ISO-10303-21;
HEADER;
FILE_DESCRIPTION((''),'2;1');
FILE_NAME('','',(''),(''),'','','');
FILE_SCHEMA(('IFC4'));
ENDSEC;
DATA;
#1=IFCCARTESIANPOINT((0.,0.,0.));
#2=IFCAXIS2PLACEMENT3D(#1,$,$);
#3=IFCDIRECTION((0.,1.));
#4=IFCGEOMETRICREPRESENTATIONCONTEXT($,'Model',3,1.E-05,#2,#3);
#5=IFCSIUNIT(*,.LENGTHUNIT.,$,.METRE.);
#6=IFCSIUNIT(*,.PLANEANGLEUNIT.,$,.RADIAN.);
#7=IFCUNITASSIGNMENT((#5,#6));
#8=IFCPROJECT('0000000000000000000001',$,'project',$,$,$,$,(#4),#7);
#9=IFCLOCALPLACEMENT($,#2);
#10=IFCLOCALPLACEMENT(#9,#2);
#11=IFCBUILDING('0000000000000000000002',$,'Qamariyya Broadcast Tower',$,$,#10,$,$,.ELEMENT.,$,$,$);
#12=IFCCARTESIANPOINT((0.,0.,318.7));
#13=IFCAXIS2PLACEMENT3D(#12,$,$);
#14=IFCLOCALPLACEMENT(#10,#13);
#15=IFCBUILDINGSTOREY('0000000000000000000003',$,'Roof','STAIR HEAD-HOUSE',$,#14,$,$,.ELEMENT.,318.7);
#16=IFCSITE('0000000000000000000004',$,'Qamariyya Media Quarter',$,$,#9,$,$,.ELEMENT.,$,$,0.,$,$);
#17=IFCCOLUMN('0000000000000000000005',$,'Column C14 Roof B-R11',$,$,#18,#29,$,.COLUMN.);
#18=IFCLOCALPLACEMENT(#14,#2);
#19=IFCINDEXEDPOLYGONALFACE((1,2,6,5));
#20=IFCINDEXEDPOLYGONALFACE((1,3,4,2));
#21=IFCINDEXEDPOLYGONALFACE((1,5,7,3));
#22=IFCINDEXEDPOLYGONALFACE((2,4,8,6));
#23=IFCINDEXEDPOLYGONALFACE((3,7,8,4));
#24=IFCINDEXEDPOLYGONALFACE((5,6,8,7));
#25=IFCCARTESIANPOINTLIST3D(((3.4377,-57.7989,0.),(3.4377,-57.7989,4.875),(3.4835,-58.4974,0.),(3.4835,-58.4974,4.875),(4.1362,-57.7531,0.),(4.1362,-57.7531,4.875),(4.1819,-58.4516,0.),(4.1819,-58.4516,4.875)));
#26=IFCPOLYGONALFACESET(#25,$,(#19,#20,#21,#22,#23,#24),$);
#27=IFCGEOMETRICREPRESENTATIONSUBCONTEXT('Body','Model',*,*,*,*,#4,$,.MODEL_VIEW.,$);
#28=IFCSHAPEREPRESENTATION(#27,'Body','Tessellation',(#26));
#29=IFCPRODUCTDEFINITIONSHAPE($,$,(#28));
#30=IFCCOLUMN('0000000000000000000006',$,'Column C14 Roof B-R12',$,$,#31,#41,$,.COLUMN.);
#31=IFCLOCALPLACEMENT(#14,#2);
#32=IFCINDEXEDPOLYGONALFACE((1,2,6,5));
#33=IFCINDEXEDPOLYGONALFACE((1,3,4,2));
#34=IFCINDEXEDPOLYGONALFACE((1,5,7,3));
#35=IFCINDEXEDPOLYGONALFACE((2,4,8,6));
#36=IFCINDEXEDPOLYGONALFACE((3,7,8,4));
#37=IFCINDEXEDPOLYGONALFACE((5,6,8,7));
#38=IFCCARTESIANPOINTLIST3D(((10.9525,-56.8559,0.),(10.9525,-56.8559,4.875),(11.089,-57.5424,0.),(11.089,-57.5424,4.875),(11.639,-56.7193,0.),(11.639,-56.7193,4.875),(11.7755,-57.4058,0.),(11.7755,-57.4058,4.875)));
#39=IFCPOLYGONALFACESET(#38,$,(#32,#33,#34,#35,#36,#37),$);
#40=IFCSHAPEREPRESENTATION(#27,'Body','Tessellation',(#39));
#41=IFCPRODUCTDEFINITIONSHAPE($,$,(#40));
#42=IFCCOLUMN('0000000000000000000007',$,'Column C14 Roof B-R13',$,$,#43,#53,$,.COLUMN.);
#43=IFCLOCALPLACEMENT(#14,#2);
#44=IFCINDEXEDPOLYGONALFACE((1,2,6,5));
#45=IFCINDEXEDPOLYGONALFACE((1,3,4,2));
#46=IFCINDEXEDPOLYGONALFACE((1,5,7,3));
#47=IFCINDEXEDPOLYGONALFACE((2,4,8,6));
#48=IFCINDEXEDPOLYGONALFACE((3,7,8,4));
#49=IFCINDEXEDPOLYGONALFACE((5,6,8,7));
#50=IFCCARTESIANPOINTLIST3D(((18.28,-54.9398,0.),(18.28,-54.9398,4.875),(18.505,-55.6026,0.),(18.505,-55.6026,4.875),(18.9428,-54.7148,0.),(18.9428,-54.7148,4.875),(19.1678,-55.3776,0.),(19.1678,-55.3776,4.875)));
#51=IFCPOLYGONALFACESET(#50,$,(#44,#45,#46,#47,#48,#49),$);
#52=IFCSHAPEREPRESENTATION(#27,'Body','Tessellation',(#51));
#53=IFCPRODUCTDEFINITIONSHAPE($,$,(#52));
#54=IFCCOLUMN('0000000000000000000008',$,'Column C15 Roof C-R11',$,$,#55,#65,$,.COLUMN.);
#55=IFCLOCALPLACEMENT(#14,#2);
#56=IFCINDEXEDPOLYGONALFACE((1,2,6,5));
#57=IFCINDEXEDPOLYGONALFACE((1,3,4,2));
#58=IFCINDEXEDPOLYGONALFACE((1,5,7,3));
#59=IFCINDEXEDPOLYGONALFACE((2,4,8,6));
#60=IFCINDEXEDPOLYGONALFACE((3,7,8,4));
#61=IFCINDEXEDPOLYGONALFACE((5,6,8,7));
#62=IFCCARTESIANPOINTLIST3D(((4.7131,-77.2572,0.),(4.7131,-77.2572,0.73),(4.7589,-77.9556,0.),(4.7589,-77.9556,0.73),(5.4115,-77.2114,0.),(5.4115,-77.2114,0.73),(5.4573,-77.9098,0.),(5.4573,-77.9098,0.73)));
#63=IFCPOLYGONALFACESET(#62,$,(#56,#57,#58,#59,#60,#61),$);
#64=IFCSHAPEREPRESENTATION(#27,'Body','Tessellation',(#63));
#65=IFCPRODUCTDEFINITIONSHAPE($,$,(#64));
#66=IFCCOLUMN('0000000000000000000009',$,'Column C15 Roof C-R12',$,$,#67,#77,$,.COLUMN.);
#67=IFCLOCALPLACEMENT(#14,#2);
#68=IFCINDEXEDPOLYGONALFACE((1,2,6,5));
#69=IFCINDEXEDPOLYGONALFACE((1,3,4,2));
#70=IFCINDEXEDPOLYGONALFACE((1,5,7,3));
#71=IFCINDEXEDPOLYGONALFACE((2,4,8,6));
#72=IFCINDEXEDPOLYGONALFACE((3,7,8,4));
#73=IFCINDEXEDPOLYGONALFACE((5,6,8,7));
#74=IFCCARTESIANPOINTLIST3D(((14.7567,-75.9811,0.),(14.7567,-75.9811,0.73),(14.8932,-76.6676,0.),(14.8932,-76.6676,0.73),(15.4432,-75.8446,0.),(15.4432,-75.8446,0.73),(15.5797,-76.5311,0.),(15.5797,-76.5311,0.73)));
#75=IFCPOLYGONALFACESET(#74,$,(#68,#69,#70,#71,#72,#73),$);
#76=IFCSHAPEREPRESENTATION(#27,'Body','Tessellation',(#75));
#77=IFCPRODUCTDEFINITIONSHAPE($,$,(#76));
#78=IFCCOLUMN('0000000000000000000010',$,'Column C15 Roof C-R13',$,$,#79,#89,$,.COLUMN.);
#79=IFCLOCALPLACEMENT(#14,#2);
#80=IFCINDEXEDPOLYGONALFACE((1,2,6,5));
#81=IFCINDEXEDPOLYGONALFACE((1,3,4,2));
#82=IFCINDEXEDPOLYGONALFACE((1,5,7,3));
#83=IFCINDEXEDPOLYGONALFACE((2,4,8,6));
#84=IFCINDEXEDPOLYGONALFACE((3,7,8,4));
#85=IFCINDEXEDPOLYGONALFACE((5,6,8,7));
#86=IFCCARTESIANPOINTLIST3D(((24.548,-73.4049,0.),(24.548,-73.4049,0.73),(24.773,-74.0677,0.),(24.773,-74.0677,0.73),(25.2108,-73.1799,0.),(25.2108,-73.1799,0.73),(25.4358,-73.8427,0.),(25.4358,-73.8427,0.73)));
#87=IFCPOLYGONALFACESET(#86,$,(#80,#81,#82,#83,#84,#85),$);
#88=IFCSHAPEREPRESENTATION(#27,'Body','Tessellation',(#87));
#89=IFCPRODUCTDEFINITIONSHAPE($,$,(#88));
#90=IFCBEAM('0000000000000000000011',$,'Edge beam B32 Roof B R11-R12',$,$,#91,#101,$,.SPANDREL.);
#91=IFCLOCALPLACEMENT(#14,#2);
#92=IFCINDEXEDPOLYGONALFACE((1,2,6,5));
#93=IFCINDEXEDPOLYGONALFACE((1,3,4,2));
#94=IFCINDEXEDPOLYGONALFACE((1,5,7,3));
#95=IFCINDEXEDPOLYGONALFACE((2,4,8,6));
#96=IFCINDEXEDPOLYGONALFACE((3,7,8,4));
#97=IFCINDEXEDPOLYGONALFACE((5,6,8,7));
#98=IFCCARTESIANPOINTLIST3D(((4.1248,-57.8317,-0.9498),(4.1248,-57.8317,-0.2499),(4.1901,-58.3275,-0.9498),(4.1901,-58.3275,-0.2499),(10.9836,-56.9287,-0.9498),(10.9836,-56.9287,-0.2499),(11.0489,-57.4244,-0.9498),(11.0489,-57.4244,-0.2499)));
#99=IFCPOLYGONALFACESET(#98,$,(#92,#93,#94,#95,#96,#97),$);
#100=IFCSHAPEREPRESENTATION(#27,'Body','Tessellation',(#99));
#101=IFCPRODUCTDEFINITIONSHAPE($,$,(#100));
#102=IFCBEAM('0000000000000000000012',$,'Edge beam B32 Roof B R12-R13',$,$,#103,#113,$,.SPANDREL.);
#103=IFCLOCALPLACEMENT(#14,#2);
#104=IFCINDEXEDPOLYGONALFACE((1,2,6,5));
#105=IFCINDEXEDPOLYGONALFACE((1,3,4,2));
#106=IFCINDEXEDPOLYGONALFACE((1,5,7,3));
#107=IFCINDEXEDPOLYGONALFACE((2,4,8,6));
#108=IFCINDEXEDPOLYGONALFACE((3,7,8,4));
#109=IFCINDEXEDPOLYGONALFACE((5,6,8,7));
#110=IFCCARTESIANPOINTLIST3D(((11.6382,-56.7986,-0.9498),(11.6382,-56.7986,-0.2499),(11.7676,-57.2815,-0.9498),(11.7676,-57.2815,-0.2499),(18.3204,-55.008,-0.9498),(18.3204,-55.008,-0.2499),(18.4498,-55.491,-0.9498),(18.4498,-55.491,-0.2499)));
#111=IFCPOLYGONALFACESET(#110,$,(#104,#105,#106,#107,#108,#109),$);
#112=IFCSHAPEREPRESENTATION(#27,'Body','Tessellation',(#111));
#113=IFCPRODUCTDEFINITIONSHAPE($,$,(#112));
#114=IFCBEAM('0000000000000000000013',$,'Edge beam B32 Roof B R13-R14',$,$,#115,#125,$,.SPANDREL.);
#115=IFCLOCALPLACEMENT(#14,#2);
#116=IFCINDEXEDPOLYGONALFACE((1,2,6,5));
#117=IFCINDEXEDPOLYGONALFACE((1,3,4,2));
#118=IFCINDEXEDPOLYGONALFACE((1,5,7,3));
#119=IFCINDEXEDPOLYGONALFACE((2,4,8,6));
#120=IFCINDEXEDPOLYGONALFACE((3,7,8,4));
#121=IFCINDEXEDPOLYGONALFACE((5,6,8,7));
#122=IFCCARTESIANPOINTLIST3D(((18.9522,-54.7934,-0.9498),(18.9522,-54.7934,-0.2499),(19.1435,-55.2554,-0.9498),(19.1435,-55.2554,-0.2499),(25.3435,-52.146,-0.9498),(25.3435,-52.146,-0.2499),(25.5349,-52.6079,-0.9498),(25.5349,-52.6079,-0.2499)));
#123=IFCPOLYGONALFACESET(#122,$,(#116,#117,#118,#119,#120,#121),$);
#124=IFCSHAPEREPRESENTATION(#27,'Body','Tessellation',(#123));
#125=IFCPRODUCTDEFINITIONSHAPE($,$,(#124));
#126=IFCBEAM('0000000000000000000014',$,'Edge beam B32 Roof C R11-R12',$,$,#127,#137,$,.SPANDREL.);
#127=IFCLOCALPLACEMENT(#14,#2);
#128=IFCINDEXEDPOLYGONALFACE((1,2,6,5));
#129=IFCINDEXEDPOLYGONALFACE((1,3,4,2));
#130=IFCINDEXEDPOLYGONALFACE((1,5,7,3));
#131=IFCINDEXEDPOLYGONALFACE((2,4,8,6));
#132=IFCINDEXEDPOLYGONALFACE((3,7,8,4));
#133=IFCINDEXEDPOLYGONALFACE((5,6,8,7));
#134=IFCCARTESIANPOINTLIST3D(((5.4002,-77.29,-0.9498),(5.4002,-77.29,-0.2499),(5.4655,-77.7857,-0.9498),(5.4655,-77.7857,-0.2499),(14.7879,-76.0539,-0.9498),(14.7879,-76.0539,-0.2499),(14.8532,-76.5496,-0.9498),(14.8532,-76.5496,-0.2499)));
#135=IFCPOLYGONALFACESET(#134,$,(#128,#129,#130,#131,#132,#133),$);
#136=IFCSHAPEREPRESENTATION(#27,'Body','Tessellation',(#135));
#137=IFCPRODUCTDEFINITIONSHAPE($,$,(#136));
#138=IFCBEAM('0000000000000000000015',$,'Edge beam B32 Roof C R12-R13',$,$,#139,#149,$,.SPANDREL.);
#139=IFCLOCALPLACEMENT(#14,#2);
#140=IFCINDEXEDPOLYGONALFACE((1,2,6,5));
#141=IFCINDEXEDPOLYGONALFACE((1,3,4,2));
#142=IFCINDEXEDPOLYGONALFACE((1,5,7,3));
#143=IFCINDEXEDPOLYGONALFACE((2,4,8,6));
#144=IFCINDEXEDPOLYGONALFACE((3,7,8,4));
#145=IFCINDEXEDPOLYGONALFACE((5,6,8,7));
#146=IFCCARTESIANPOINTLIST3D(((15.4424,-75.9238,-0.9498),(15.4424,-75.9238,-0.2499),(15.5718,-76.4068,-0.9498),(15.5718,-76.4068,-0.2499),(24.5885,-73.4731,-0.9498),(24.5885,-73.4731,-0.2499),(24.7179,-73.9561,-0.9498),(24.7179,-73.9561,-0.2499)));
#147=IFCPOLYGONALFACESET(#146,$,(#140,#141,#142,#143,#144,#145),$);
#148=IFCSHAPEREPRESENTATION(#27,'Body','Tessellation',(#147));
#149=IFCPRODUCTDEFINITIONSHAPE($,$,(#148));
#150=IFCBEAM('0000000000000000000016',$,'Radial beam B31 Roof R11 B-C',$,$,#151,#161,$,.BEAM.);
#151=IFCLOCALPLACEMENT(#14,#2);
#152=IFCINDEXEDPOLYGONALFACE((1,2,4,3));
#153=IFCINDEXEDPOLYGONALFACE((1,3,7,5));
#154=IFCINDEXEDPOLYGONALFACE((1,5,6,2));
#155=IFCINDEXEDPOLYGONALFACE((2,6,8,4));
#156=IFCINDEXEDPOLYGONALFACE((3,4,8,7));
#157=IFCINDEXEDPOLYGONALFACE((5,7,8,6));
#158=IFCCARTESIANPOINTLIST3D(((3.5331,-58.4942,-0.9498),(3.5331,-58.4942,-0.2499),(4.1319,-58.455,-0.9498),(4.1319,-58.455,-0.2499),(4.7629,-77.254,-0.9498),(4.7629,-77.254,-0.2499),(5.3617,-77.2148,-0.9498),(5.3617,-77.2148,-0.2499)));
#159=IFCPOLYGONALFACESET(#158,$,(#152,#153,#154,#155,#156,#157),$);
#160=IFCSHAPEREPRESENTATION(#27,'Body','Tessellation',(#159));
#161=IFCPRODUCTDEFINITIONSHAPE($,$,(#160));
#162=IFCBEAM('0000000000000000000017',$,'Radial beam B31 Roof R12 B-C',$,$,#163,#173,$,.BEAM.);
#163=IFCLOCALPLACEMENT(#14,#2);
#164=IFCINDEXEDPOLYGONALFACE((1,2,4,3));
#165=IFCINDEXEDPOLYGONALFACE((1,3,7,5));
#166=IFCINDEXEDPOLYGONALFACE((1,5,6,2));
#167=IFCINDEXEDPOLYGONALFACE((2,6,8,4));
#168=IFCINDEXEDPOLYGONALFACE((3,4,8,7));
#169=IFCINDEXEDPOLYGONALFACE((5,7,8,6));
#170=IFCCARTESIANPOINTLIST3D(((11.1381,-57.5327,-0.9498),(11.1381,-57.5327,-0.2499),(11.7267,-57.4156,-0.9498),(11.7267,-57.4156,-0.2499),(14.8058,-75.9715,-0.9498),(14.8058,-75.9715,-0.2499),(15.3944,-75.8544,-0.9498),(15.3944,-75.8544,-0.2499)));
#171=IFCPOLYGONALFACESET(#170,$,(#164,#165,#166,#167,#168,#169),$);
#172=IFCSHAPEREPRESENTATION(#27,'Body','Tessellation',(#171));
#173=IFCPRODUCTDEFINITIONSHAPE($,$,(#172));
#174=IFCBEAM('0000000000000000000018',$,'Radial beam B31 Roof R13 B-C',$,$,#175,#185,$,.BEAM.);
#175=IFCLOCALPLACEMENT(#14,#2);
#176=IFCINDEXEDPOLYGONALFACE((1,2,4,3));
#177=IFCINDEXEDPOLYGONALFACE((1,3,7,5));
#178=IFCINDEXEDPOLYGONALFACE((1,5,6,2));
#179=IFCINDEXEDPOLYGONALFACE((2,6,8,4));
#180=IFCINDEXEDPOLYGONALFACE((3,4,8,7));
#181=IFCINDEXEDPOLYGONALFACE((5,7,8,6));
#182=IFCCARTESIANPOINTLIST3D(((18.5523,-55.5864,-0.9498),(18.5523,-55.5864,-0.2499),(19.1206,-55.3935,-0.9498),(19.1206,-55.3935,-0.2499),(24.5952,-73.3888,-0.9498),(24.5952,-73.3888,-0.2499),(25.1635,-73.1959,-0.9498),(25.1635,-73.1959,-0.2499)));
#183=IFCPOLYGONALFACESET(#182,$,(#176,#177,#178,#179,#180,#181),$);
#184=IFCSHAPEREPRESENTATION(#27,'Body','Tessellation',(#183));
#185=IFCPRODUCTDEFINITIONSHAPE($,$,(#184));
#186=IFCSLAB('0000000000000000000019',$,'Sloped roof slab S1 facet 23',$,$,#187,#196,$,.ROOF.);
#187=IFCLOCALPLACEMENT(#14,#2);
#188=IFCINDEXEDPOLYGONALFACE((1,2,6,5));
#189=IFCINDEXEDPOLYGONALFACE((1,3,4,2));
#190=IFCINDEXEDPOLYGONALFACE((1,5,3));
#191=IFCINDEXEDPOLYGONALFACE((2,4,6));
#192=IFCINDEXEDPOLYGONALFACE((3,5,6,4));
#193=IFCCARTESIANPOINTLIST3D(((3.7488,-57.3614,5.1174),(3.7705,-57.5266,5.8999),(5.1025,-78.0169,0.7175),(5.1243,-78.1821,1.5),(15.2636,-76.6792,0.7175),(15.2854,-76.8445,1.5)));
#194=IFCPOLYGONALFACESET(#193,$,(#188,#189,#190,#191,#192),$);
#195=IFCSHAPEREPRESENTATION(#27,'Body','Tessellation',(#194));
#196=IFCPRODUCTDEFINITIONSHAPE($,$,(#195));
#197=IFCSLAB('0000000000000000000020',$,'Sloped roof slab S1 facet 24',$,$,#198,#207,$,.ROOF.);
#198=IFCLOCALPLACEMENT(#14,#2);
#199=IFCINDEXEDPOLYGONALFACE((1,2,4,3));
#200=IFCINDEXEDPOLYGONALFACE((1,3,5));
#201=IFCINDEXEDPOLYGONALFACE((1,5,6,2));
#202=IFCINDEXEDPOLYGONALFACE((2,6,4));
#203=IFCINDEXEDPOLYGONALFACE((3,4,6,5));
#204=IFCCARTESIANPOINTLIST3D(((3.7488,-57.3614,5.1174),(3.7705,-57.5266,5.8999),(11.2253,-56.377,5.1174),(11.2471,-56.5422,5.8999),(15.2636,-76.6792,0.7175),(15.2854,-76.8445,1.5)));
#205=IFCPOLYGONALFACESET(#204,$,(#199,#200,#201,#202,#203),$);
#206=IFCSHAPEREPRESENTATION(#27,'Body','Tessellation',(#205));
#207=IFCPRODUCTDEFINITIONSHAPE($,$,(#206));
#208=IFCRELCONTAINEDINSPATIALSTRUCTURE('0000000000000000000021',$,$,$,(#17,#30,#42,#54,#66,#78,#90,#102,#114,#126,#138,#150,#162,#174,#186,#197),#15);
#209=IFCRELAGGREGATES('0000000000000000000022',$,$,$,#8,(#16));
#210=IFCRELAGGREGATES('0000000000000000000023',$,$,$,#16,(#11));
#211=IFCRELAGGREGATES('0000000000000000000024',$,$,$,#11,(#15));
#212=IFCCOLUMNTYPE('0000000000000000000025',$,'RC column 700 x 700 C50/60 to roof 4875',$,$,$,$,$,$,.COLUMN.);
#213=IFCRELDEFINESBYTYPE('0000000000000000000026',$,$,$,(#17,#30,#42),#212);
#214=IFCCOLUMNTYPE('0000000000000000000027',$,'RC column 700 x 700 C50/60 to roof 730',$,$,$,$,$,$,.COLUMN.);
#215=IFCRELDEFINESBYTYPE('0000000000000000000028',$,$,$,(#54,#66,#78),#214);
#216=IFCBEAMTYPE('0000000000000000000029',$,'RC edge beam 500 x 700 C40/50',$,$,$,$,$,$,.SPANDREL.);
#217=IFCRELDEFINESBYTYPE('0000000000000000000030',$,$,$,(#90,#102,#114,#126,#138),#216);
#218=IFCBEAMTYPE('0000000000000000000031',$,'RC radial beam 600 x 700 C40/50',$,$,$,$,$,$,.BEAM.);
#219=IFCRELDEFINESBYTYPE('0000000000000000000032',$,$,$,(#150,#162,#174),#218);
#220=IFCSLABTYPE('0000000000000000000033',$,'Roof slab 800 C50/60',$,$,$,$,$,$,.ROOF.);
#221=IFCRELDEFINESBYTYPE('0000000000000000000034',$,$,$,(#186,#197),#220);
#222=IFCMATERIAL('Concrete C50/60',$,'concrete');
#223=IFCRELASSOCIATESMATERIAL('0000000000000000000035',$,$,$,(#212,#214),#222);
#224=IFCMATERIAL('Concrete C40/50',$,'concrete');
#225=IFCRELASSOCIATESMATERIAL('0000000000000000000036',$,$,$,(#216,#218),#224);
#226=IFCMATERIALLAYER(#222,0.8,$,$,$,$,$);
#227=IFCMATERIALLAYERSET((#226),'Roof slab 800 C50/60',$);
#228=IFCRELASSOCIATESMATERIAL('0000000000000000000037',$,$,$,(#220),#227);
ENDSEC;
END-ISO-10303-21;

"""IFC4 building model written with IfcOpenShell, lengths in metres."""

from ifc_helpers import new_model, si_unit, direction, frame, origin, origin_2d, place, context, subcontext, project, spatial, polyline, rectangle, outline, extrude, material, layer, layer_set, material_profile, profile_set, type_object, element, save


model = new_model("IFC4")

# Units and contexts
model_context = context("Model", 3, precision=1e-05, world=origin(), true_north=direction((0.0, 1.0)))
body_context = subcontext(model_context, "Body", "Model", "MODEL_VIEW")
ifc_project = project(units=[si_unit("LENGTHUNIT", "METRE"), si_unit("PLANEANGLEUNIT", "RADIAN")], contexts=[model_context])

# Site, building, storey
site_placement = place(None, origin())
site = spatial("IfcSite", under=ifc_project, at=site_placement, Name="Qamariyya Media Quarter", CompositionType="ELEMENT", RefElevation=0.0)
building_placement = place(site_placement, origin())
building = spatial("IfcBuilding", under=site, at=building_placement, Name="Qamariyya Broadcast Tower", CompositionType="ELEMENT")
storey_placement = place(building_placement, frame((0.0, 0.0, 318.7)))
storey = spatial("IfcBuildingStorey", under=building, at=storey_placement, Name="Roof", Description="STAIR HEAD-HOUSE", CompositionType="ELEMENT", Elevation=318.7)

# Columns
ifc_material_1 = material(Name="Concrete C50/60", Category="concrete")
ifc_material_profile_1 = material_profile(ifc_material_1, rectangle(XDim=0.7, YDim=0.7, at=origin_2d()))
ifc_profile_set_1 = profile_set([ifc_material_profile_1], Name="Concrete C50/60")
column_type_1 = type_object("IfcColumnType", Name="RC column 700 x 700 C50/60 to roof 4875", PredefinedType="COLUMN", material=ifc_profile_set_1)
for number, where, z_axis, x_axis, name in (
    (1, (3.8098, -58.1252, 0.0), (0.0, 0.0, 1.0), (0.997859, 0.065403, 0.0), "Column C14 Roof B-R11"),
    (2, (11.364, -57.1309, 0.0), (0.0, 0.0, 1.0), (0.980785, 0.19509, 0.0), "Column C14 Roof B-R12"),
    (3, (18.7239, -55.1587, 0.0), (0.0, 0.0, 1.0), (0.94693, 0.321439, 0.0), "Column C14 Roof B-R13"),
):
    element("IfcColumn", number, at=place(storey_placement, frame(where, z_axis=z_axis, x_axis=x_axis)), inside=storey, type_object=column_type_1, Name=name, PredefinedType="COLUMN", context=body_context, shape_type="SweptSolid", body=[
        extrude(rectangle(XDim=0.7, YDim=0.7, at=origin_2d()), origin(), (0.0, 0.0, 1.0), 4.875),
    ])
ifc_material_profile_2 = material_profile(ifc_material_1, rectangle(XDim=0.7, YDim=0.7, at=origin_2d()))
ifc_profile_set_2 = profile_set([ifc_material_profile_2], Name="Concrete C50/60")
column_type_2 = type_object("IfcColumnType", Name="RC column 700 x 700 C50/60 to roof 730", PredefinedType="COLUMN", material=ifc_profile_set_2)
for number, where, z_axis, x_axis, name in (
    (4, (5.0852, -77.5835, 0.0), (0.0, 0.0, 1.0), (0.997859, 0.065403, 0.0), "Column C15 Roof C-R11"),
    (5, (15.1682, -76.2561, 0.0), (0.0, 0.0, 1.0), (0.980785, 0.19509, 0.0), "Column C15 Roof C-R12"),
    (6, (24.9919, -73.6238, 0.0), (0.0, 0.0, 1.0), (0.94693, 0.321439, 0.0), "Column C15 Roof C-R13"),
):
    element("IfcColumn", number, at=place(storey_placement, frame(where, z_axis=z_axis, x_axis=x_axis)), inside=storey, type_object=column_type_2, Name=name, PredefinedType="COLUMN", context=body_context, shape_type="SweptSolid", body=[
        extrude(rectangle(XDim=0.7, YDim=0.7, at=origin_2d()), origin(), (0.0, 0.0, 1.0), 0.73),
    ])

# Beams
ifc_material_2 = material(Name="Concrete C40/50", Category="concrete")
ifc_material_profile_3 = material_profile(ifc_material_2, rectangle(XDim=0.5, YDim=0.7, at=origin_2d()))
ifc_profile_set_3 = profile_set([ifc_material_profile_3], Name="Concrete C40/50")
beam_type_1 = type_object("IfcBeamType", Name="RC edge beam 500 x 700 C40/50", PredefinedType="SPANDREL", material=ifc_profile_set_3)
for number, where, z_axis, x_axis, name in (
    (7, (4.1575, -58.0796, -0.5999), (0.991443, 0.130538, 0.0), (-0.130538, 0.991443, 0.0), "Edge beam B32 Roof B R11-R12"),
    (8, (11.7029, -57.04, -0.5999), (0.965924, 0.258827, 0.0), (-0.258827, 0.965924, 0.0), "Edge beam B32 Roof B R12-R13"),
    (9, (19.0479, -55.0244, -0.5999), (0.923876, 0.382693, 0.0), (-0.382693, 0.923876, 0.0), "Edge beam B32 Roof B R13-R14"),
):
    element("IfcBeam", number, at=place(storey_placement, frame(where, z_axis=z_axis, x_axis=x_axis)), inside=storey, type_object=beam_type_1, Name=name, PredefinedType="SPANDREL", context=body_context, shape_type="SweptSolid", body=[
        extrude(rectangle(XDim=0.5, YDim=0.7, at=origin_2d()), origin(), (0.0, 0.0, 1.0), 6.918),
    ])
for number, where, z_axis, x_axis, name in (
    (10, (5.4329, -77.5378, -0.5999), (0.991443, 0.130544, 0.0), (-0.130544, 0.991443, 0.0), "Edge beam B32 Roof C R11-R12"),
    (11, (15.5071, -76.1653, -0.5999), (0.965925, 0.258821, 0.0), (-0.258821, 0.965925, 0.0), "Edge beam B32 Roof C R12-R13"),
):
    element("IfcBeam", number, at=place(storey_placement, frame(where, z_axis=z_axis, x_axis=x_axis)), inside=storey, type_object=beam_type_1, Name=name, PredefinedType="SPANDREL", context=body_context, shape_type="SweptSolid", body=[
        extrude(rectangle(XDim=0.5, YDim=0.7, at=origin_2d()), origin(), (0.0, 0.0, 1.0), 9.4688),
    ])
ifc_material_profile_4 = material_profile(ifc_material_2, rectangle(XDim=0.6001, YDim=0.7, at=origin_2d()))
ifc_profile_set_4 = profile_set([ifc_material_profile_4], Name="Concrete C40/50")
beam_type_2 = type_object("IfcBeamType", Name="RC radial beam 600 x 700 C40/50", PredefinedType="BEAM", material=ifc_profile_set_4)
for number, where, z_axis, x_axis, name in (
    (12, (3.8325, -58.4746, -0.5999), (0.065411, -0.997858, 0.0), (0.997858, 0.065411, 0.0), "Radial beam B31 Roof R11 B-C"),
    (13, (11.4324, -57.4741, -0.5999), (0.195092, -0.980785, 0.0), (0.980785, 0.195092, 0.0), "Radial beam B31 Roof R12 B-C"),
    (14, (18.8364, -55.49, -0.5999), (0.321432, -0.946933, 0.0), (0.946933, 0.321432, 0.0), "Radial beam B31 Roof R13 B-C"),
):
    element("IfcBeam", number, at=place(storey_placement, frame(where, z_axis=z_axis, x_axis=x_axis)), inside=storey, type_object=beam_type_2, Name=name, PredefinedType="BEAM", context=body_context, shape_type="SweptSolid", body=[
        extrude(rectangle(XDim=0.6001, YDim=0.7, at=origin_2d()), origin(), (0.0, 0.0, 1.0), 18.8),
    ])

# Slabs
ifc_layer_1 = layer(ifc_material_1, 0.8)
ifc_layer_set_1 = layer_set([ifc_layer_1], Name="Roof slab 800 C50/60")
slab_type = type_object("IfcSlabType", Name="Roof slab 800 C50/60", PredefinedType="ROOF", material=ifc_layer_set_1)
slab_1_placement = place(storey_placement, frame((3.7705, -57.5266, 5.8999), z_axis=(0.027192, -0.206557, 0.978057), x_axis=(0.06397, -0.976053, -0.207912)))
element("IfcSlab", 15, at=slab_1_placement, inside=storey, type_object=slab_type, Name="Sloped roof slab S1 facet 23", PredefinedType="ROOF", context=body_context, shape_type="SweptSolid", body=[
    extrude(outline(polyline([(0.0, 0.0), (21.1623, 0.0), (20.5067, 10.2278), (0.0, 0.0)])), origin(), (0.0, 0.0, -1.0), 0.8),
])
slab_2_placement = place(storey_placement, frame((15.2854, -76.8445, 1.5), z_axis=(0.027195, -0.206555, 0.978057), x_axis=(-0.190825, 0.959353, 0.207911)))
element("IfcSlab", 16, at=slab_2_placement, inside=storey, type_object=slab_type, Name="Sloped roof slab S1 facet 24", PredefinedType="ROOF", context=body_context, shape_type="SweptSolid", body=[
    extrude(outline(polyline([(0.0, 0.0), (21.1624, 0.0), (21.6448, 7.5256), (0.0, 0.0)])), origin(), (0.0, 0.0, -1.0), 0.8),
])

save(model, "model.ifc")
